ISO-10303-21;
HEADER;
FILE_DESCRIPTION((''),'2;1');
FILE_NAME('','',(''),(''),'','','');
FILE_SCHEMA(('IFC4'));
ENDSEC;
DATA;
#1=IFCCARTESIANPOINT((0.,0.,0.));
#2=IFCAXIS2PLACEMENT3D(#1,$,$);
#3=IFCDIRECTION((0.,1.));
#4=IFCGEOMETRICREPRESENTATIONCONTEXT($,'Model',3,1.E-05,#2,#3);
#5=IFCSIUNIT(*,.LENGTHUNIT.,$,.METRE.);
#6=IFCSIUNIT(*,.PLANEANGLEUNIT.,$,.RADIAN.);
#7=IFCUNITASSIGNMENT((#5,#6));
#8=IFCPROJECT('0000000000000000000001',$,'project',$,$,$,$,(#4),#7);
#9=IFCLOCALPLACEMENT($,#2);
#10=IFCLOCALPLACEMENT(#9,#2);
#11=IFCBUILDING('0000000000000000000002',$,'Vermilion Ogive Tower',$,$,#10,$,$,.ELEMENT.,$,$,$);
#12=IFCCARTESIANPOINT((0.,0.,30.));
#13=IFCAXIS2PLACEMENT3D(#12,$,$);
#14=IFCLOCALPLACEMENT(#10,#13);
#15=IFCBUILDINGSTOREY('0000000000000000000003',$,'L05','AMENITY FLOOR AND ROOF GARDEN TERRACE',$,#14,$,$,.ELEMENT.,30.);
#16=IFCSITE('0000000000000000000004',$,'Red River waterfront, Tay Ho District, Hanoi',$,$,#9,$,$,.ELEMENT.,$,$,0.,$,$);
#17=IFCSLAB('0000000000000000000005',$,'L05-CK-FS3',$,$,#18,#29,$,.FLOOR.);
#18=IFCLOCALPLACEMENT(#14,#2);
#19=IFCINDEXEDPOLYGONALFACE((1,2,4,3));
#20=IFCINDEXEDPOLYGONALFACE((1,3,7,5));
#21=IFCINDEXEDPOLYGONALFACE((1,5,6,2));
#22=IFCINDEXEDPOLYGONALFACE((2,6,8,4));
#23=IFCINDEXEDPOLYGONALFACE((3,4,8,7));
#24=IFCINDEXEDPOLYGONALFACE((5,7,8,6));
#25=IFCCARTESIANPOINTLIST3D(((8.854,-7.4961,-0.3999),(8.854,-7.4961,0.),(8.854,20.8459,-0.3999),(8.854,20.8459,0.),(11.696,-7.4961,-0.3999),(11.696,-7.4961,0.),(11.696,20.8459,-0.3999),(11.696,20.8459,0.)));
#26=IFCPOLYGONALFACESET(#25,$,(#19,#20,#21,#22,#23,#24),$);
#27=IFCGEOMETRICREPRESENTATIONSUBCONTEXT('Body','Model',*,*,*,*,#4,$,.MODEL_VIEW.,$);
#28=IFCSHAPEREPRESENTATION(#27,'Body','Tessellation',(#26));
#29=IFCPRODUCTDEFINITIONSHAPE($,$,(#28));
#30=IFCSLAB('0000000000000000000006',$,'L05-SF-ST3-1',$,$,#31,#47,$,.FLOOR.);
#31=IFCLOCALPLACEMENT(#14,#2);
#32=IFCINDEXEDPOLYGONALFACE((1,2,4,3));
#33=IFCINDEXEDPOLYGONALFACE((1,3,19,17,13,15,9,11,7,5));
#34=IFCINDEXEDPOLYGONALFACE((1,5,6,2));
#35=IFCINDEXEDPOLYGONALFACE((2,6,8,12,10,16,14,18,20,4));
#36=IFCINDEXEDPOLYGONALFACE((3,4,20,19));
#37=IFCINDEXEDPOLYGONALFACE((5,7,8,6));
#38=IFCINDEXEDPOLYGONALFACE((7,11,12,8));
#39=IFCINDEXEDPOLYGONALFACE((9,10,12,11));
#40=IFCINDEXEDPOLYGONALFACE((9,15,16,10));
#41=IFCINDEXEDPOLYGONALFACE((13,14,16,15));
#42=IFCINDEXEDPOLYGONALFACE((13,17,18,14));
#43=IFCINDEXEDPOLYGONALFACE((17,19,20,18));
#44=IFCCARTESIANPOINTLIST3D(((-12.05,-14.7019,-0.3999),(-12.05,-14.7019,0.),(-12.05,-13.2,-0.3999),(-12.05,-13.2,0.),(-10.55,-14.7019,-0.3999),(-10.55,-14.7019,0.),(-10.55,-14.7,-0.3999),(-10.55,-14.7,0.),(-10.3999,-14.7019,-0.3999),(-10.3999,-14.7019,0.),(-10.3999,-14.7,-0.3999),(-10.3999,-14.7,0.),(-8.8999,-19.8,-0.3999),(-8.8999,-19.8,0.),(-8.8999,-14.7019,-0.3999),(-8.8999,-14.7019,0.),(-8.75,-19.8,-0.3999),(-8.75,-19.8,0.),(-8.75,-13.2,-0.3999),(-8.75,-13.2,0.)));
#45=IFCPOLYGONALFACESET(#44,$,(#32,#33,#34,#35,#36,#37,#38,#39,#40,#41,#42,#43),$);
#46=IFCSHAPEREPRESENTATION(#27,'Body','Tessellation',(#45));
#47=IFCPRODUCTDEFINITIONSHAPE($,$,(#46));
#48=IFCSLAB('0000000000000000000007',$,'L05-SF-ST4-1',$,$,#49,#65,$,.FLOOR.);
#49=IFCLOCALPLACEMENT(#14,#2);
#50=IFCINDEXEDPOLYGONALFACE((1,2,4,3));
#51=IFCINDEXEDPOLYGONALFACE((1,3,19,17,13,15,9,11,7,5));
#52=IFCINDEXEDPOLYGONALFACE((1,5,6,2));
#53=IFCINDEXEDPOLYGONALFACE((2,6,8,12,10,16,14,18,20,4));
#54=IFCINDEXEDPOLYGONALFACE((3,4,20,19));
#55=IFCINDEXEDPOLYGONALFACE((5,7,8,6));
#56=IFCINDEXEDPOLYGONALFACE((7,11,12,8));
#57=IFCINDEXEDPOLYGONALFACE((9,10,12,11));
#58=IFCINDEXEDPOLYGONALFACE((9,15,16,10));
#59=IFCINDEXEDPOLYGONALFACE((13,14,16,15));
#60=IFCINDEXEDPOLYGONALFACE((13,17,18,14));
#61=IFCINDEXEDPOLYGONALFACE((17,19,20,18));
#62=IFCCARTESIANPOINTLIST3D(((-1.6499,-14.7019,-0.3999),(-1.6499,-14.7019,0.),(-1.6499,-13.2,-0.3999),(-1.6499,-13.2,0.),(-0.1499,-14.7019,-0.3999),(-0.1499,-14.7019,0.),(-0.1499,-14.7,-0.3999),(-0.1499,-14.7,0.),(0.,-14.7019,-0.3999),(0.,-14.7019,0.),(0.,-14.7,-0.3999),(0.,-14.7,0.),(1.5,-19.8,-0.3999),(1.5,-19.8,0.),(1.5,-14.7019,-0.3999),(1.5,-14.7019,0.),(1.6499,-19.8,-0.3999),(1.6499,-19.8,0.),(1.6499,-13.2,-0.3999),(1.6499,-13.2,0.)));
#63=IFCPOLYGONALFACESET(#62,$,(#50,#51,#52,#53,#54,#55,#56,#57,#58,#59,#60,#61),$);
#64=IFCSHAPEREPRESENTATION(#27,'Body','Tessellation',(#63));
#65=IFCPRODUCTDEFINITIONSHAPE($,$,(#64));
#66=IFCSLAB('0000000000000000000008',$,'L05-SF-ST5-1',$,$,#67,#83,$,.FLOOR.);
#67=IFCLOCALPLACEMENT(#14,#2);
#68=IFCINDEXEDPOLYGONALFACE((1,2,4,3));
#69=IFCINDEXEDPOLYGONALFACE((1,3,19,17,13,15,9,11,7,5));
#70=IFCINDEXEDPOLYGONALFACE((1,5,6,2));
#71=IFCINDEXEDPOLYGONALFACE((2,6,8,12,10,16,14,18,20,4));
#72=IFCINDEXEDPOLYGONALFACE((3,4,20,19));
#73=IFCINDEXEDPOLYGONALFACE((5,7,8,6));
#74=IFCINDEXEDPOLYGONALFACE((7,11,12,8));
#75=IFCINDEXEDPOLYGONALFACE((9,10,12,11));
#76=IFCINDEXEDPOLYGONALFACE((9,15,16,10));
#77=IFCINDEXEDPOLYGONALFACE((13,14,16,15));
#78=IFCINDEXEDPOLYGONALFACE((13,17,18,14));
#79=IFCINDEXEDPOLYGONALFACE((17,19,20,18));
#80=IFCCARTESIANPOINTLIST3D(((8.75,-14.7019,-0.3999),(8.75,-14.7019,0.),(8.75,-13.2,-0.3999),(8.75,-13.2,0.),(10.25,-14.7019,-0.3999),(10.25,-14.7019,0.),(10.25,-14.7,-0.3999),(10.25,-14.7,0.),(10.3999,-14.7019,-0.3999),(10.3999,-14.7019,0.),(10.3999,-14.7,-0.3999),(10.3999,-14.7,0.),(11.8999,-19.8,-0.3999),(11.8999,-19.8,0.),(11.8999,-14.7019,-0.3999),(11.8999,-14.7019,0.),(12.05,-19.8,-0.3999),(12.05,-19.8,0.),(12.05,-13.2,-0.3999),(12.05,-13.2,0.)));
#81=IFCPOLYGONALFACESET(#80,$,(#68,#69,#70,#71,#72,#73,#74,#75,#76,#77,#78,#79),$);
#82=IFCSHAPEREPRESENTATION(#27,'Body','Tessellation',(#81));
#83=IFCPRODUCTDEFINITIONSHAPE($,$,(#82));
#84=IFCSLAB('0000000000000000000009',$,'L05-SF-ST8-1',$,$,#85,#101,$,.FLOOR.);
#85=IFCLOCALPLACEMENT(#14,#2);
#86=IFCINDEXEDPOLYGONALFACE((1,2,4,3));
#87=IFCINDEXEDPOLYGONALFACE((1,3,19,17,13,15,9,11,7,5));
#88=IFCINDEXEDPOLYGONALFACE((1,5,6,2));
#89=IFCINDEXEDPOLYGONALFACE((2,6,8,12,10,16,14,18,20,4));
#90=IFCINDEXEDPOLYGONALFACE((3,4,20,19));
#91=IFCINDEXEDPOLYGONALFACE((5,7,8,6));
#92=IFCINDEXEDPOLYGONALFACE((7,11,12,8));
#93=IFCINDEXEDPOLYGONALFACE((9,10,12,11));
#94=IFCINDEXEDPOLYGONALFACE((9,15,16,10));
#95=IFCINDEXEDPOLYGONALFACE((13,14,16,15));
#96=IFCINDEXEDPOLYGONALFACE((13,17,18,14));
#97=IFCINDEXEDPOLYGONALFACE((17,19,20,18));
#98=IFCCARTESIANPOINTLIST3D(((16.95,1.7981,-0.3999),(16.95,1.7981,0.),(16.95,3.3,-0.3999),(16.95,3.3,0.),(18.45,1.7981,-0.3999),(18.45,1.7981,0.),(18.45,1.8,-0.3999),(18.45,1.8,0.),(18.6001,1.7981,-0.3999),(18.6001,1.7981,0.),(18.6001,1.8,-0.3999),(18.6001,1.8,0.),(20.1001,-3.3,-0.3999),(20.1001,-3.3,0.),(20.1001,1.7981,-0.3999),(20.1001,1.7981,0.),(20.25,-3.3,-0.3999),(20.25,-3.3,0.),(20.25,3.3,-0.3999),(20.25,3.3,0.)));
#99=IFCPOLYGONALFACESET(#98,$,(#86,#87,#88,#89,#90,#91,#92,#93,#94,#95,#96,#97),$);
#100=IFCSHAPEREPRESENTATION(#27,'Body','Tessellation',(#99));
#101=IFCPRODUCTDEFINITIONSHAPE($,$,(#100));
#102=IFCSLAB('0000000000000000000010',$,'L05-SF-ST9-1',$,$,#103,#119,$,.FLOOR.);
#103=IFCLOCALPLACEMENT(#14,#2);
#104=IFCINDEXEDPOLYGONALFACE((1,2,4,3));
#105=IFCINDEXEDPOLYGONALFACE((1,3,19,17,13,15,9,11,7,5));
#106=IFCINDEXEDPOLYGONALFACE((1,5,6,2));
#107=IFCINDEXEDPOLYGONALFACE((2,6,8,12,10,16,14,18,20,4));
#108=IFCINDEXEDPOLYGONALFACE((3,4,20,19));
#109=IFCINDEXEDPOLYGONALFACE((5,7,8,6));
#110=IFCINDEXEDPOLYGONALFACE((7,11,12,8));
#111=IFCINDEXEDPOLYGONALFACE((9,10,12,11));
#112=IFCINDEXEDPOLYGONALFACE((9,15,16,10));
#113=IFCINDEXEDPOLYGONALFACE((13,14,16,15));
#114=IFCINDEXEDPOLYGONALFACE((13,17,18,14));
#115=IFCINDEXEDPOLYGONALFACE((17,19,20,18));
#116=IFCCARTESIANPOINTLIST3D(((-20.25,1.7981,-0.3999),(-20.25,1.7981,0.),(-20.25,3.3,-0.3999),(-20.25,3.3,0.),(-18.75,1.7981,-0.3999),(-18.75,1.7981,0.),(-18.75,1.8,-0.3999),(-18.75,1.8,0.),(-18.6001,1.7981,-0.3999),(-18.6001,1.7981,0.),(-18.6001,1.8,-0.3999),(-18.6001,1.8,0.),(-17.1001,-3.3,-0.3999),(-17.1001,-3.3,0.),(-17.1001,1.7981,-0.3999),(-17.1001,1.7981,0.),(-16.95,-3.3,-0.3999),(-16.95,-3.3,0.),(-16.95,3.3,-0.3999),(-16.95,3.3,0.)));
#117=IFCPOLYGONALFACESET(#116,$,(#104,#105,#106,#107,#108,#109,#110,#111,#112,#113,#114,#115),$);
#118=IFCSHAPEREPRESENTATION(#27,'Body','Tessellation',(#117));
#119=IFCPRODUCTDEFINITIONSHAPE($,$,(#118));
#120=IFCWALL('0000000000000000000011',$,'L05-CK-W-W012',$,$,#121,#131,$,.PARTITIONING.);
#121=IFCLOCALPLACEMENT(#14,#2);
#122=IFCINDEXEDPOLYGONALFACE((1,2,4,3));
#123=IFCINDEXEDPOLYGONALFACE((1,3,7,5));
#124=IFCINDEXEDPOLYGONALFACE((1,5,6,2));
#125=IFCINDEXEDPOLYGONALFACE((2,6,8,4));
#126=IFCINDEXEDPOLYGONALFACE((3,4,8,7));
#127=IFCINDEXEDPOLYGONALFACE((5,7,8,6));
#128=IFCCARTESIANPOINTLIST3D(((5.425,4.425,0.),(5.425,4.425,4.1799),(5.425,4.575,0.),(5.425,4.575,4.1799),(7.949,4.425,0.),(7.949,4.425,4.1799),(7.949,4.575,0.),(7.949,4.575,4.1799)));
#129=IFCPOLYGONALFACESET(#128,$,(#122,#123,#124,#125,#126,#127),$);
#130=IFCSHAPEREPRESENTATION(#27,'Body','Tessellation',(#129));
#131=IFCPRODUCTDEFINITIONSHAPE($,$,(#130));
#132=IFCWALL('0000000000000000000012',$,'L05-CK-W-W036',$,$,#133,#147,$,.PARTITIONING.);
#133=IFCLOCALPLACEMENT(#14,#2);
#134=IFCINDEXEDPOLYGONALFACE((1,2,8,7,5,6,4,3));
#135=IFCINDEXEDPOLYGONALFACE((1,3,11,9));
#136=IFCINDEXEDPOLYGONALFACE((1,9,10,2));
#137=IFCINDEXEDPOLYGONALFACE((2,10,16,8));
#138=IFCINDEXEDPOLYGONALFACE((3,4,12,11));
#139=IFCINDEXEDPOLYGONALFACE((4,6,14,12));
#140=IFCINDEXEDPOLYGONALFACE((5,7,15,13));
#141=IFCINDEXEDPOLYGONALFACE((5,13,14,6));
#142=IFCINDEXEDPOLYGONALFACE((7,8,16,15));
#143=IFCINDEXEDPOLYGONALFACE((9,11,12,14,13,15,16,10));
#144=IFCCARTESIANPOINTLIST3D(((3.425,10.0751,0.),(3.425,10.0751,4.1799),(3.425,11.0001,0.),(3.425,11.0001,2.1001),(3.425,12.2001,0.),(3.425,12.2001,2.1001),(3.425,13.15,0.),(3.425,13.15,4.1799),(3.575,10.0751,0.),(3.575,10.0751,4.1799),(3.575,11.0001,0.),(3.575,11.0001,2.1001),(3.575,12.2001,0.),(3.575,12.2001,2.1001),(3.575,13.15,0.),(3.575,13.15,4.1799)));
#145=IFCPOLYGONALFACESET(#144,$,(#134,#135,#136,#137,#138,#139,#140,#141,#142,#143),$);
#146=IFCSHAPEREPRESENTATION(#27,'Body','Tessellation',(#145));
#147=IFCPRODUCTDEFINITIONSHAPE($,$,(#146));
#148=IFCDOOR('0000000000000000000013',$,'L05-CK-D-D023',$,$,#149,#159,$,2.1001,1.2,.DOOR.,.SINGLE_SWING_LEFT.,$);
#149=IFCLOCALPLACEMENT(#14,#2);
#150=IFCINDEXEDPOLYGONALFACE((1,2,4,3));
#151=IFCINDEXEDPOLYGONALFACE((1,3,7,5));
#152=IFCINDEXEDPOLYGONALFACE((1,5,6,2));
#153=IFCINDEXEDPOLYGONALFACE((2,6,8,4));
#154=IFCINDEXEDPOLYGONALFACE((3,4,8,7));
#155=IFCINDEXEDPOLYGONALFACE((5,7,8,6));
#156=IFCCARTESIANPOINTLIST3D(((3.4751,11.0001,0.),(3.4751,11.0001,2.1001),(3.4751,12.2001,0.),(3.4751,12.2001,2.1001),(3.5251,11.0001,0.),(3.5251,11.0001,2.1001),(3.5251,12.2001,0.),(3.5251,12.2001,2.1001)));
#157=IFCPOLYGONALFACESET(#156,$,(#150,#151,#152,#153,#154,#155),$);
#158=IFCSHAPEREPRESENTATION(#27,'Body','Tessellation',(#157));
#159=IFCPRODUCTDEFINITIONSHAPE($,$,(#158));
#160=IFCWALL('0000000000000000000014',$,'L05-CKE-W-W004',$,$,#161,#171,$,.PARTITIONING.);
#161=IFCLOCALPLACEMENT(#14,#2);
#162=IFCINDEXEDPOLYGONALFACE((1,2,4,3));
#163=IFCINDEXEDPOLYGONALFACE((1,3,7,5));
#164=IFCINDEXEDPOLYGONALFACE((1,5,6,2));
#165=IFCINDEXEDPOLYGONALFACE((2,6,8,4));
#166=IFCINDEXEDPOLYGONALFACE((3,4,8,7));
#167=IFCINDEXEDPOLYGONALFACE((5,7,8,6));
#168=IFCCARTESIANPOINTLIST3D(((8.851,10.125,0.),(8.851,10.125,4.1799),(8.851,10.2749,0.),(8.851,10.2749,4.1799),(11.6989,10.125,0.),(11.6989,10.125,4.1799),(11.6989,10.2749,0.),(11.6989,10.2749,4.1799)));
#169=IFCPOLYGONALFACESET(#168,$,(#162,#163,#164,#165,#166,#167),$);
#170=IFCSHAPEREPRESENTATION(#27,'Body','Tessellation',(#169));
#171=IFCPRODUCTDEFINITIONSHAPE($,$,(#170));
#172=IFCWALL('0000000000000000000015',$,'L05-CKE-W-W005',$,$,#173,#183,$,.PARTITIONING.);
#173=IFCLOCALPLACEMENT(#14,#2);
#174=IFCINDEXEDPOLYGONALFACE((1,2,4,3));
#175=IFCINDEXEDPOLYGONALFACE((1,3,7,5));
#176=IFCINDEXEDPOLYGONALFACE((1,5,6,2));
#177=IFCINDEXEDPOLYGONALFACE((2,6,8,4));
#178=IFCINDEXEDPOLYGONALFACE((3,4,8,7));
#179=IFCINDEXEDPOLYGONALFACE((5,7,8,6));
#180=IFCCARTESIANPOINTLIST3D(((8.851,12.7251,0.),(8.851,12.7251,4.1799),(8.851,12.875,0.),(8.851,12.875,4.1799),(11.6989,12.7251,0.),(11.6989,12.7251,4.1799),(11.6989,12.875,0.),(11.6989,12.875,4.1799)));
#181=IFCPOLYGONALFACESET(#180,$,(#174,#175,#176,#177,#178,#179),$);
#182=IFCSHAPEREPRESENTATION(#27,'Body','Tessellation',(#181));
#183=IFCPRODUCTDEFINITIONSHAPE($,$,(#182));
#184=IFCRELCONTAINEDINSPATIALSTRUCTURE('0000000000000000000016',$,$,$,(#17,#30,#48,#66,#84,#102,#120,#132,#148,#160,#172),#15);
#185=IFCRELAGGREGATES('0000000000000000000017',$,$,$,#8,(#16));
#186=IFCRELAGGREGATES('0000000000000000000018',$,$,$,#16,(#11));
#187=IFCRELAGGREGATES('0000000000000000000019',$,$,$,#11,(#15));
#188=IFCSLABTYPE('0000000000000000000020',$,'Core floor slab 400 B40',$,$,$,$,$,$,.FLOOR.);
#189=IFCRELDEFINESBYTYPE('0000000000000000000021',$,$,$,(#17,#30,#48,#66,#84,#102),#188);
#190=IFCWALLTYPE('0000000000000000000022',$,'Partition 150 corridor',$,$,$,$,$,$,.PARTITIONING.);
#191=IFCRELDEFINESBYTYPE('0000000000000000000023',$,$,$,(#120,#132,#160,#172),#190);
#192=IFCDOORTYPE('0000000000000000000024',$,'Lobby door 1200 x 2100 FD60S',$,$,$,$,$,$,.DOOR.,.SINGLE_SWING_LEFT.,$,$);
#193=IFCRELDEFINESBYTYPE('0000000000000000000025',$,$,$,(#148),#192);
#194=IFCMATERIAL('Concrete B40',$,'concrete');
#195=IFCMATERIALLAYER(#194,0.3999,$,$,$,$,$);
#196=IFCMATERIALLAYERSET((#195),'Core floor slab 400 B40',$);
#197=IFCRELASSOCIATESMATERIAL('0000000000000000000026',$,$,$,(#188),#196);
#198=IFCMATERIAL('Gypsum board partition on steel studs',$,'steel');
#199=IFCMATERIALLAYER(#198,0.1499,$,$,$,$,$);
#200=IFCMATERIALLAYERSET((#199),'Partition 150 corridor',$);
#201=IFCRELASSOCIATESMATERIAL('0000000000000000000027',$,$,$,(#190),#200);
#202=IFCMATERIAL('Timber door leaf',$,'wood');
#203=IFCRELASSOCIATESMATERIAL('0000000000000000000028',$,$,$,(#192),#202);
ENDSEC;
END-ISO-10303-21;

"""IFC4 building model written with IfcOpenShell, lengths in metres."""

from ifc_helpers import new_model, si_unit, direction, frame, frame_2d, origin, place, context, subcontext, project, spatial, polyline, rectangle, outline, extrude, material, layer, layer_set, type_object, element, fill, save


model = new_model("IFC4")

# Units and contexts
model_context = context("Model", 3, precision=1e-05, world=origin(), true_north=direction((0.0, 1.0)))
body_context = subcontext(model_context, "Body", "Model", "MODEL_VIEW")
ifc_project = project(units=[si_unit("LENGTHUNIT", "METRE"), si_unit("PLANEANGLEUNIT", "RADIAN")], contexts=[model_context])

# Site, building, storey
site_placement = place(None, origin())
site = spatial("IfcSite", under=ifc_project, at=site_placement, Name="Red River waterfront, Tay Ho District, Hanoi", CompositionType="ELEMENT", RefElevation=0.0)
building_placement = place(site_placement, origin())
building = spatial("IfcBuilding", under=site, at=building_placement, Name="Vermilion Ogive Tower", CompositionType="ELEMENT")
storey_placement = place(building_placement, frame((0.0, 0.0, 30.0)))
storey = spatial("IfcBuildingStorey", under=building, at=storey_placement, Name="L05", Description="AMENITY FLOOR AND ROOF GARDEN TERRACE", CompositionType="ELEMENT", Elevation=30.0)

# Slabs
ifc_material_1 = material(Name="Concrete B40", Category="concrete")
ifc_layer_1 = layer(ifc_material_1, 0.3999)
ifc_layer_set_1 = layer_set([ifc_layer_1], Name="Core floor slab 400 B40")
slab_type = type_object("IfcSlabType", Name="Core floor slab 400 B40", PredefinedType="FLOOR", material=ifc_layer_set_1)
slab_1_placement = place(storey_placement, frame((0.0, 0.0, -0.3999)))
element("IfcSlab", 1, at=slab_1_placement, inside=storey, type_object=slab_type, Name="L05-CK-FS3", PredefinedType="FLOOR", context=body_context, shape_type="SweptSolid", body=[
    extrude(outline(polyline([(8.854, 20.8459), (11.696, 20.8459), (11.696, -7.4961), (8.854, -7.4961), (8.854, 20.8459)])), origin(), (0.0, 0.0, 1.0), 0.3999),
])
slab_2_placement = place(storey_placement, frame((0.0, 0.0, -0.3999)))
element("IfcSlab", 2, at=slab_2_placement, inside=storey, type_object=slab_type, Name="L05-SF-ST3-1", PredefinedType="FLOOR", context=body_context, shape_type="SweptSolid", body=[
    extrude(outline(polyline([(-12.05, -13.2), (-12.05, -14.7019), (-10.55, -14.7019), (-10.55, -14.7), (-10.3999, -14.7), (-10.3999, -14.7019), (-8.8999, -14.7019), (-8.8999, -19.8), (-8.75, -19.8), (-8.75, -13.2), (-12.05, -13.2)])), origin(), (0.0, 0.0, 1.0), 0.3999),
])
slab_3_placement = place(storey_placement, frame((0.0, 0.0, -0.3999)))
element("IfcSlab", 3, at=slab_3_placement, inside=storey, type_object=slab_type, Name="L05-SF-ST4-1", PredefinedType="FLOOR", context=body_context, shape_type="SweptSolid", body=[
    extrude(outline(polyline([(-1.6499, -13.2), (-1.6499, -14.7019), (-0.1499, -14.7019), (-0.1499, -14.7), (0.0, -14.7), (0.0, -14.7019), (1.5, -14.7019), (1.5, -19.8), (1.6499, -19.8), (1.6499, -13.2), (-1.6499, -13.2)])), origin(), (0.0, 0.0, 1.0), 0.3999),
])
slab_4_placement = place(storey_placement, frame((0.0, 0.0, -0.3999)))
element("IfcSlab", 4, at=slab_4_placement, inside=storey, type_object=slab_type, Name="L05-SF-ST5-1", PredefinedType="FLOOR", context=body_context, shape_type="SweptSolid", body=[
    extrude(outline(polyline([(8.75, -13.2), (8.75, -14.7019), (10.25, -14.7019), (10.25, -14.7), (10.3999, -14.7), (10.3999, -14.7019), (11.8999, -14.7019), (11.8999, -19.8), (12.05, -19.8), (12.05, -13.2), (8.75, -13.2)])), origin(), (0.0, 0.0, 1.0), 0.3999),
])
slab_5_placement = place(storey_placement, frame((0.0, 0.0, -0.3999)))
element("IfcSlab", 5, at=slab_5_placement, inside=storey, type_object=slab_type, Name="L05-SF-ST8-1", PredefinedType="FLOOR", context=body_context, shape_type="SweptSolid", body=[
    extrude(outline(polyline([(16.95, 3.3), (16.95, 1.7981), (18.45, 1.7981), (18.45, 1.8), (18.6001, 1.8), (18.6001, 1.7981), (20.1001, 1.7981), (20.1001, -3.3), (20.25, -3.3), (20.25, 3.3), (16.95, 3.3)])), origin(), (0.0, 0.0, 1.0), 0.3999),
])
slab_6_placement = place(storey_placement, frame((0.0, 0.0, -0.3999)))
element("IfcSlab", 6, at=slab_6_placement, inside=storey, type_object=slab_type, Name="L05-SF-ST9-1", PredefinedType="FLOOR", context=body_context, shape_type="SweptSolid", body=[
    extrude(outline(polyline([(-20.25, 3.3), (-20.25, 1.7981), (-18.75, 1.7981), (-18.75, 1.8), (-18.6001, 1.8), (-18.6001, 1.7981), (-17.1001, 1.7981), (-17.1001, -3.3), (-16.95, -3.3), (-16.95, 3.3), (-20.25, 3.3)])), origin(), (0.0, 0.0, 1.0), 0.3999),
])

# Wall
ifc_material_2 = material(Name="Gypsum board partition on steel studs", Category="steel")
ifc_layer_2 = layer(ifc_material_2, 0.1499)
ifc_layer_set_2 = layer_set([ifc_layer_2], Name="Partition 150 corridor")
wall_type_1 = type_object("IfcWallType", Name="Partition 150 corridor", PredefinedType="PARTITIONING", material=ifc_layer_set_2)
wall_1_placement = place(storey_placement, frame((5.425, 4.5, 0.0), z_axis=(0.0, 0.0, 1.0), x_axis=(1.0, 0.0, 0.0)))
element("IfcWall", 7, at=wall_1_placement, inside=storey, type_object=wall_type_1, Name="L05-CK-W-W012", PredefinedType="PARTITIONING", context=body_context, shape_type="SweptSolid", body=[
    extrude(rectangle(XDim=2.5239, YDim=0.1499, at=frame_2d((1.262, 0.0))), origin(), (0.0, 0.0, 1.0), 4.1799),
])

# Wall, opening, door
wall_2_placement = place(storey_placement, frame((3.5, 10.075, 0.0), z_axis=(0.0, 0.0, 1.0), x_axis=(0.0, 1.0, 0.0)))
wall_2 = element("IfcWall", 8, at=wall_2_placement, inside=storey, type_object=wall_type_1, Name="L05-CK-W-W036", PredefinedType="PARTITIONING", context=body_context, shape_type="SweptSolid", body=[
    extrude(rectangle(XDim=3.075, YDim=0.1499, at=frame_2d((1.5376, 0.0))), origin(), (0.0, 0.0, 1.0), 4.1799),
])
opening_1_placement = place(wall_2_placement, frame((0.925, 0.0, 0.0)))
opening_1 = element("IfcOpeningElement", 9, at=opening_1_placement, cuts=wall_2, PredefinedType="OPENING", context=body_context, shape_type="SweptSolid", body=[
    extrude(rectangle(XDim=1.2, YDim=2.1001, at=frame_2d((0.6001, 1.05))), frame((0.0, 0.085, 0.0), z_axis=(0.0, -1.0, 0.0), x_axis=(1.0, 0.0, 0.0)), (0.0, 0.0, 1.0), 0.1699),
])
ifc_material_3 = material(Name="Timber door leaf", Category="wood")
door_type_1 = type_object("IfcDoorType", Name="Lobby door 1200 x 2100 FD60S", OperationType="SINGLE_SWING_LEFT", PredefinedType="DOOR", material=ifc_material_3)
door_1_placement = place(opening_1_placement, origin())
door_1 = element("IfcDoor", 10, at=door_1_placement, inside=storey, type_object=door_type_1, Name="L05-CK-D-D023", OperationType="SINGLE_SWING_LEFT", OverallHeight=2.1001, OverallWidth=1.2, PredefinedType="DOOR", context=body_context, shape_type="SweptSolid", body=[
    extrude(rectangle(XDim=1.2, YDim=2.1001, at=frame_2d((0.6001, 1.05))), frame((0.0, 0.0249, 0.0), z_axis=(0.0, -1.0, 0.0), x_axis=(1.0, 0.0, 0.0)), (0.0, 0.0, 1.0), 0.05),
])
fill(opening_1, door_1)

# Walls
for number, where, z_axis, x_axis, name in (
    (11, (8.8511, 10.2, 0.0), (0.0, 0.0, 1.0), (1.0, 0.0, 0.0), "L05-CKE-W-W004"),
    (12, (8.8511, 12.8, 0.0), (0.0, 0.0, 1.0), (1.0, 0.0, 0.0), "L05-CKE-W-W005"),
):
    element("IfcWall", number, at=place(storey_placement, frame(where, z_axis=z_axis, x_axis=x_axis)), inside=storey, type_object=wall_type_1, Name=name, PredefinedType="PARTITIONING", context=body_context, shape_type="SweptSolid", body=[
        extrude(rectangle(XDim=2.8479, YDim=0.1499, at=frame_2d((1.4238, 0.0))), origin(), (0.0, 0.0, 1.0), 4.1799),
    ])

save(model, "model.ifc")
